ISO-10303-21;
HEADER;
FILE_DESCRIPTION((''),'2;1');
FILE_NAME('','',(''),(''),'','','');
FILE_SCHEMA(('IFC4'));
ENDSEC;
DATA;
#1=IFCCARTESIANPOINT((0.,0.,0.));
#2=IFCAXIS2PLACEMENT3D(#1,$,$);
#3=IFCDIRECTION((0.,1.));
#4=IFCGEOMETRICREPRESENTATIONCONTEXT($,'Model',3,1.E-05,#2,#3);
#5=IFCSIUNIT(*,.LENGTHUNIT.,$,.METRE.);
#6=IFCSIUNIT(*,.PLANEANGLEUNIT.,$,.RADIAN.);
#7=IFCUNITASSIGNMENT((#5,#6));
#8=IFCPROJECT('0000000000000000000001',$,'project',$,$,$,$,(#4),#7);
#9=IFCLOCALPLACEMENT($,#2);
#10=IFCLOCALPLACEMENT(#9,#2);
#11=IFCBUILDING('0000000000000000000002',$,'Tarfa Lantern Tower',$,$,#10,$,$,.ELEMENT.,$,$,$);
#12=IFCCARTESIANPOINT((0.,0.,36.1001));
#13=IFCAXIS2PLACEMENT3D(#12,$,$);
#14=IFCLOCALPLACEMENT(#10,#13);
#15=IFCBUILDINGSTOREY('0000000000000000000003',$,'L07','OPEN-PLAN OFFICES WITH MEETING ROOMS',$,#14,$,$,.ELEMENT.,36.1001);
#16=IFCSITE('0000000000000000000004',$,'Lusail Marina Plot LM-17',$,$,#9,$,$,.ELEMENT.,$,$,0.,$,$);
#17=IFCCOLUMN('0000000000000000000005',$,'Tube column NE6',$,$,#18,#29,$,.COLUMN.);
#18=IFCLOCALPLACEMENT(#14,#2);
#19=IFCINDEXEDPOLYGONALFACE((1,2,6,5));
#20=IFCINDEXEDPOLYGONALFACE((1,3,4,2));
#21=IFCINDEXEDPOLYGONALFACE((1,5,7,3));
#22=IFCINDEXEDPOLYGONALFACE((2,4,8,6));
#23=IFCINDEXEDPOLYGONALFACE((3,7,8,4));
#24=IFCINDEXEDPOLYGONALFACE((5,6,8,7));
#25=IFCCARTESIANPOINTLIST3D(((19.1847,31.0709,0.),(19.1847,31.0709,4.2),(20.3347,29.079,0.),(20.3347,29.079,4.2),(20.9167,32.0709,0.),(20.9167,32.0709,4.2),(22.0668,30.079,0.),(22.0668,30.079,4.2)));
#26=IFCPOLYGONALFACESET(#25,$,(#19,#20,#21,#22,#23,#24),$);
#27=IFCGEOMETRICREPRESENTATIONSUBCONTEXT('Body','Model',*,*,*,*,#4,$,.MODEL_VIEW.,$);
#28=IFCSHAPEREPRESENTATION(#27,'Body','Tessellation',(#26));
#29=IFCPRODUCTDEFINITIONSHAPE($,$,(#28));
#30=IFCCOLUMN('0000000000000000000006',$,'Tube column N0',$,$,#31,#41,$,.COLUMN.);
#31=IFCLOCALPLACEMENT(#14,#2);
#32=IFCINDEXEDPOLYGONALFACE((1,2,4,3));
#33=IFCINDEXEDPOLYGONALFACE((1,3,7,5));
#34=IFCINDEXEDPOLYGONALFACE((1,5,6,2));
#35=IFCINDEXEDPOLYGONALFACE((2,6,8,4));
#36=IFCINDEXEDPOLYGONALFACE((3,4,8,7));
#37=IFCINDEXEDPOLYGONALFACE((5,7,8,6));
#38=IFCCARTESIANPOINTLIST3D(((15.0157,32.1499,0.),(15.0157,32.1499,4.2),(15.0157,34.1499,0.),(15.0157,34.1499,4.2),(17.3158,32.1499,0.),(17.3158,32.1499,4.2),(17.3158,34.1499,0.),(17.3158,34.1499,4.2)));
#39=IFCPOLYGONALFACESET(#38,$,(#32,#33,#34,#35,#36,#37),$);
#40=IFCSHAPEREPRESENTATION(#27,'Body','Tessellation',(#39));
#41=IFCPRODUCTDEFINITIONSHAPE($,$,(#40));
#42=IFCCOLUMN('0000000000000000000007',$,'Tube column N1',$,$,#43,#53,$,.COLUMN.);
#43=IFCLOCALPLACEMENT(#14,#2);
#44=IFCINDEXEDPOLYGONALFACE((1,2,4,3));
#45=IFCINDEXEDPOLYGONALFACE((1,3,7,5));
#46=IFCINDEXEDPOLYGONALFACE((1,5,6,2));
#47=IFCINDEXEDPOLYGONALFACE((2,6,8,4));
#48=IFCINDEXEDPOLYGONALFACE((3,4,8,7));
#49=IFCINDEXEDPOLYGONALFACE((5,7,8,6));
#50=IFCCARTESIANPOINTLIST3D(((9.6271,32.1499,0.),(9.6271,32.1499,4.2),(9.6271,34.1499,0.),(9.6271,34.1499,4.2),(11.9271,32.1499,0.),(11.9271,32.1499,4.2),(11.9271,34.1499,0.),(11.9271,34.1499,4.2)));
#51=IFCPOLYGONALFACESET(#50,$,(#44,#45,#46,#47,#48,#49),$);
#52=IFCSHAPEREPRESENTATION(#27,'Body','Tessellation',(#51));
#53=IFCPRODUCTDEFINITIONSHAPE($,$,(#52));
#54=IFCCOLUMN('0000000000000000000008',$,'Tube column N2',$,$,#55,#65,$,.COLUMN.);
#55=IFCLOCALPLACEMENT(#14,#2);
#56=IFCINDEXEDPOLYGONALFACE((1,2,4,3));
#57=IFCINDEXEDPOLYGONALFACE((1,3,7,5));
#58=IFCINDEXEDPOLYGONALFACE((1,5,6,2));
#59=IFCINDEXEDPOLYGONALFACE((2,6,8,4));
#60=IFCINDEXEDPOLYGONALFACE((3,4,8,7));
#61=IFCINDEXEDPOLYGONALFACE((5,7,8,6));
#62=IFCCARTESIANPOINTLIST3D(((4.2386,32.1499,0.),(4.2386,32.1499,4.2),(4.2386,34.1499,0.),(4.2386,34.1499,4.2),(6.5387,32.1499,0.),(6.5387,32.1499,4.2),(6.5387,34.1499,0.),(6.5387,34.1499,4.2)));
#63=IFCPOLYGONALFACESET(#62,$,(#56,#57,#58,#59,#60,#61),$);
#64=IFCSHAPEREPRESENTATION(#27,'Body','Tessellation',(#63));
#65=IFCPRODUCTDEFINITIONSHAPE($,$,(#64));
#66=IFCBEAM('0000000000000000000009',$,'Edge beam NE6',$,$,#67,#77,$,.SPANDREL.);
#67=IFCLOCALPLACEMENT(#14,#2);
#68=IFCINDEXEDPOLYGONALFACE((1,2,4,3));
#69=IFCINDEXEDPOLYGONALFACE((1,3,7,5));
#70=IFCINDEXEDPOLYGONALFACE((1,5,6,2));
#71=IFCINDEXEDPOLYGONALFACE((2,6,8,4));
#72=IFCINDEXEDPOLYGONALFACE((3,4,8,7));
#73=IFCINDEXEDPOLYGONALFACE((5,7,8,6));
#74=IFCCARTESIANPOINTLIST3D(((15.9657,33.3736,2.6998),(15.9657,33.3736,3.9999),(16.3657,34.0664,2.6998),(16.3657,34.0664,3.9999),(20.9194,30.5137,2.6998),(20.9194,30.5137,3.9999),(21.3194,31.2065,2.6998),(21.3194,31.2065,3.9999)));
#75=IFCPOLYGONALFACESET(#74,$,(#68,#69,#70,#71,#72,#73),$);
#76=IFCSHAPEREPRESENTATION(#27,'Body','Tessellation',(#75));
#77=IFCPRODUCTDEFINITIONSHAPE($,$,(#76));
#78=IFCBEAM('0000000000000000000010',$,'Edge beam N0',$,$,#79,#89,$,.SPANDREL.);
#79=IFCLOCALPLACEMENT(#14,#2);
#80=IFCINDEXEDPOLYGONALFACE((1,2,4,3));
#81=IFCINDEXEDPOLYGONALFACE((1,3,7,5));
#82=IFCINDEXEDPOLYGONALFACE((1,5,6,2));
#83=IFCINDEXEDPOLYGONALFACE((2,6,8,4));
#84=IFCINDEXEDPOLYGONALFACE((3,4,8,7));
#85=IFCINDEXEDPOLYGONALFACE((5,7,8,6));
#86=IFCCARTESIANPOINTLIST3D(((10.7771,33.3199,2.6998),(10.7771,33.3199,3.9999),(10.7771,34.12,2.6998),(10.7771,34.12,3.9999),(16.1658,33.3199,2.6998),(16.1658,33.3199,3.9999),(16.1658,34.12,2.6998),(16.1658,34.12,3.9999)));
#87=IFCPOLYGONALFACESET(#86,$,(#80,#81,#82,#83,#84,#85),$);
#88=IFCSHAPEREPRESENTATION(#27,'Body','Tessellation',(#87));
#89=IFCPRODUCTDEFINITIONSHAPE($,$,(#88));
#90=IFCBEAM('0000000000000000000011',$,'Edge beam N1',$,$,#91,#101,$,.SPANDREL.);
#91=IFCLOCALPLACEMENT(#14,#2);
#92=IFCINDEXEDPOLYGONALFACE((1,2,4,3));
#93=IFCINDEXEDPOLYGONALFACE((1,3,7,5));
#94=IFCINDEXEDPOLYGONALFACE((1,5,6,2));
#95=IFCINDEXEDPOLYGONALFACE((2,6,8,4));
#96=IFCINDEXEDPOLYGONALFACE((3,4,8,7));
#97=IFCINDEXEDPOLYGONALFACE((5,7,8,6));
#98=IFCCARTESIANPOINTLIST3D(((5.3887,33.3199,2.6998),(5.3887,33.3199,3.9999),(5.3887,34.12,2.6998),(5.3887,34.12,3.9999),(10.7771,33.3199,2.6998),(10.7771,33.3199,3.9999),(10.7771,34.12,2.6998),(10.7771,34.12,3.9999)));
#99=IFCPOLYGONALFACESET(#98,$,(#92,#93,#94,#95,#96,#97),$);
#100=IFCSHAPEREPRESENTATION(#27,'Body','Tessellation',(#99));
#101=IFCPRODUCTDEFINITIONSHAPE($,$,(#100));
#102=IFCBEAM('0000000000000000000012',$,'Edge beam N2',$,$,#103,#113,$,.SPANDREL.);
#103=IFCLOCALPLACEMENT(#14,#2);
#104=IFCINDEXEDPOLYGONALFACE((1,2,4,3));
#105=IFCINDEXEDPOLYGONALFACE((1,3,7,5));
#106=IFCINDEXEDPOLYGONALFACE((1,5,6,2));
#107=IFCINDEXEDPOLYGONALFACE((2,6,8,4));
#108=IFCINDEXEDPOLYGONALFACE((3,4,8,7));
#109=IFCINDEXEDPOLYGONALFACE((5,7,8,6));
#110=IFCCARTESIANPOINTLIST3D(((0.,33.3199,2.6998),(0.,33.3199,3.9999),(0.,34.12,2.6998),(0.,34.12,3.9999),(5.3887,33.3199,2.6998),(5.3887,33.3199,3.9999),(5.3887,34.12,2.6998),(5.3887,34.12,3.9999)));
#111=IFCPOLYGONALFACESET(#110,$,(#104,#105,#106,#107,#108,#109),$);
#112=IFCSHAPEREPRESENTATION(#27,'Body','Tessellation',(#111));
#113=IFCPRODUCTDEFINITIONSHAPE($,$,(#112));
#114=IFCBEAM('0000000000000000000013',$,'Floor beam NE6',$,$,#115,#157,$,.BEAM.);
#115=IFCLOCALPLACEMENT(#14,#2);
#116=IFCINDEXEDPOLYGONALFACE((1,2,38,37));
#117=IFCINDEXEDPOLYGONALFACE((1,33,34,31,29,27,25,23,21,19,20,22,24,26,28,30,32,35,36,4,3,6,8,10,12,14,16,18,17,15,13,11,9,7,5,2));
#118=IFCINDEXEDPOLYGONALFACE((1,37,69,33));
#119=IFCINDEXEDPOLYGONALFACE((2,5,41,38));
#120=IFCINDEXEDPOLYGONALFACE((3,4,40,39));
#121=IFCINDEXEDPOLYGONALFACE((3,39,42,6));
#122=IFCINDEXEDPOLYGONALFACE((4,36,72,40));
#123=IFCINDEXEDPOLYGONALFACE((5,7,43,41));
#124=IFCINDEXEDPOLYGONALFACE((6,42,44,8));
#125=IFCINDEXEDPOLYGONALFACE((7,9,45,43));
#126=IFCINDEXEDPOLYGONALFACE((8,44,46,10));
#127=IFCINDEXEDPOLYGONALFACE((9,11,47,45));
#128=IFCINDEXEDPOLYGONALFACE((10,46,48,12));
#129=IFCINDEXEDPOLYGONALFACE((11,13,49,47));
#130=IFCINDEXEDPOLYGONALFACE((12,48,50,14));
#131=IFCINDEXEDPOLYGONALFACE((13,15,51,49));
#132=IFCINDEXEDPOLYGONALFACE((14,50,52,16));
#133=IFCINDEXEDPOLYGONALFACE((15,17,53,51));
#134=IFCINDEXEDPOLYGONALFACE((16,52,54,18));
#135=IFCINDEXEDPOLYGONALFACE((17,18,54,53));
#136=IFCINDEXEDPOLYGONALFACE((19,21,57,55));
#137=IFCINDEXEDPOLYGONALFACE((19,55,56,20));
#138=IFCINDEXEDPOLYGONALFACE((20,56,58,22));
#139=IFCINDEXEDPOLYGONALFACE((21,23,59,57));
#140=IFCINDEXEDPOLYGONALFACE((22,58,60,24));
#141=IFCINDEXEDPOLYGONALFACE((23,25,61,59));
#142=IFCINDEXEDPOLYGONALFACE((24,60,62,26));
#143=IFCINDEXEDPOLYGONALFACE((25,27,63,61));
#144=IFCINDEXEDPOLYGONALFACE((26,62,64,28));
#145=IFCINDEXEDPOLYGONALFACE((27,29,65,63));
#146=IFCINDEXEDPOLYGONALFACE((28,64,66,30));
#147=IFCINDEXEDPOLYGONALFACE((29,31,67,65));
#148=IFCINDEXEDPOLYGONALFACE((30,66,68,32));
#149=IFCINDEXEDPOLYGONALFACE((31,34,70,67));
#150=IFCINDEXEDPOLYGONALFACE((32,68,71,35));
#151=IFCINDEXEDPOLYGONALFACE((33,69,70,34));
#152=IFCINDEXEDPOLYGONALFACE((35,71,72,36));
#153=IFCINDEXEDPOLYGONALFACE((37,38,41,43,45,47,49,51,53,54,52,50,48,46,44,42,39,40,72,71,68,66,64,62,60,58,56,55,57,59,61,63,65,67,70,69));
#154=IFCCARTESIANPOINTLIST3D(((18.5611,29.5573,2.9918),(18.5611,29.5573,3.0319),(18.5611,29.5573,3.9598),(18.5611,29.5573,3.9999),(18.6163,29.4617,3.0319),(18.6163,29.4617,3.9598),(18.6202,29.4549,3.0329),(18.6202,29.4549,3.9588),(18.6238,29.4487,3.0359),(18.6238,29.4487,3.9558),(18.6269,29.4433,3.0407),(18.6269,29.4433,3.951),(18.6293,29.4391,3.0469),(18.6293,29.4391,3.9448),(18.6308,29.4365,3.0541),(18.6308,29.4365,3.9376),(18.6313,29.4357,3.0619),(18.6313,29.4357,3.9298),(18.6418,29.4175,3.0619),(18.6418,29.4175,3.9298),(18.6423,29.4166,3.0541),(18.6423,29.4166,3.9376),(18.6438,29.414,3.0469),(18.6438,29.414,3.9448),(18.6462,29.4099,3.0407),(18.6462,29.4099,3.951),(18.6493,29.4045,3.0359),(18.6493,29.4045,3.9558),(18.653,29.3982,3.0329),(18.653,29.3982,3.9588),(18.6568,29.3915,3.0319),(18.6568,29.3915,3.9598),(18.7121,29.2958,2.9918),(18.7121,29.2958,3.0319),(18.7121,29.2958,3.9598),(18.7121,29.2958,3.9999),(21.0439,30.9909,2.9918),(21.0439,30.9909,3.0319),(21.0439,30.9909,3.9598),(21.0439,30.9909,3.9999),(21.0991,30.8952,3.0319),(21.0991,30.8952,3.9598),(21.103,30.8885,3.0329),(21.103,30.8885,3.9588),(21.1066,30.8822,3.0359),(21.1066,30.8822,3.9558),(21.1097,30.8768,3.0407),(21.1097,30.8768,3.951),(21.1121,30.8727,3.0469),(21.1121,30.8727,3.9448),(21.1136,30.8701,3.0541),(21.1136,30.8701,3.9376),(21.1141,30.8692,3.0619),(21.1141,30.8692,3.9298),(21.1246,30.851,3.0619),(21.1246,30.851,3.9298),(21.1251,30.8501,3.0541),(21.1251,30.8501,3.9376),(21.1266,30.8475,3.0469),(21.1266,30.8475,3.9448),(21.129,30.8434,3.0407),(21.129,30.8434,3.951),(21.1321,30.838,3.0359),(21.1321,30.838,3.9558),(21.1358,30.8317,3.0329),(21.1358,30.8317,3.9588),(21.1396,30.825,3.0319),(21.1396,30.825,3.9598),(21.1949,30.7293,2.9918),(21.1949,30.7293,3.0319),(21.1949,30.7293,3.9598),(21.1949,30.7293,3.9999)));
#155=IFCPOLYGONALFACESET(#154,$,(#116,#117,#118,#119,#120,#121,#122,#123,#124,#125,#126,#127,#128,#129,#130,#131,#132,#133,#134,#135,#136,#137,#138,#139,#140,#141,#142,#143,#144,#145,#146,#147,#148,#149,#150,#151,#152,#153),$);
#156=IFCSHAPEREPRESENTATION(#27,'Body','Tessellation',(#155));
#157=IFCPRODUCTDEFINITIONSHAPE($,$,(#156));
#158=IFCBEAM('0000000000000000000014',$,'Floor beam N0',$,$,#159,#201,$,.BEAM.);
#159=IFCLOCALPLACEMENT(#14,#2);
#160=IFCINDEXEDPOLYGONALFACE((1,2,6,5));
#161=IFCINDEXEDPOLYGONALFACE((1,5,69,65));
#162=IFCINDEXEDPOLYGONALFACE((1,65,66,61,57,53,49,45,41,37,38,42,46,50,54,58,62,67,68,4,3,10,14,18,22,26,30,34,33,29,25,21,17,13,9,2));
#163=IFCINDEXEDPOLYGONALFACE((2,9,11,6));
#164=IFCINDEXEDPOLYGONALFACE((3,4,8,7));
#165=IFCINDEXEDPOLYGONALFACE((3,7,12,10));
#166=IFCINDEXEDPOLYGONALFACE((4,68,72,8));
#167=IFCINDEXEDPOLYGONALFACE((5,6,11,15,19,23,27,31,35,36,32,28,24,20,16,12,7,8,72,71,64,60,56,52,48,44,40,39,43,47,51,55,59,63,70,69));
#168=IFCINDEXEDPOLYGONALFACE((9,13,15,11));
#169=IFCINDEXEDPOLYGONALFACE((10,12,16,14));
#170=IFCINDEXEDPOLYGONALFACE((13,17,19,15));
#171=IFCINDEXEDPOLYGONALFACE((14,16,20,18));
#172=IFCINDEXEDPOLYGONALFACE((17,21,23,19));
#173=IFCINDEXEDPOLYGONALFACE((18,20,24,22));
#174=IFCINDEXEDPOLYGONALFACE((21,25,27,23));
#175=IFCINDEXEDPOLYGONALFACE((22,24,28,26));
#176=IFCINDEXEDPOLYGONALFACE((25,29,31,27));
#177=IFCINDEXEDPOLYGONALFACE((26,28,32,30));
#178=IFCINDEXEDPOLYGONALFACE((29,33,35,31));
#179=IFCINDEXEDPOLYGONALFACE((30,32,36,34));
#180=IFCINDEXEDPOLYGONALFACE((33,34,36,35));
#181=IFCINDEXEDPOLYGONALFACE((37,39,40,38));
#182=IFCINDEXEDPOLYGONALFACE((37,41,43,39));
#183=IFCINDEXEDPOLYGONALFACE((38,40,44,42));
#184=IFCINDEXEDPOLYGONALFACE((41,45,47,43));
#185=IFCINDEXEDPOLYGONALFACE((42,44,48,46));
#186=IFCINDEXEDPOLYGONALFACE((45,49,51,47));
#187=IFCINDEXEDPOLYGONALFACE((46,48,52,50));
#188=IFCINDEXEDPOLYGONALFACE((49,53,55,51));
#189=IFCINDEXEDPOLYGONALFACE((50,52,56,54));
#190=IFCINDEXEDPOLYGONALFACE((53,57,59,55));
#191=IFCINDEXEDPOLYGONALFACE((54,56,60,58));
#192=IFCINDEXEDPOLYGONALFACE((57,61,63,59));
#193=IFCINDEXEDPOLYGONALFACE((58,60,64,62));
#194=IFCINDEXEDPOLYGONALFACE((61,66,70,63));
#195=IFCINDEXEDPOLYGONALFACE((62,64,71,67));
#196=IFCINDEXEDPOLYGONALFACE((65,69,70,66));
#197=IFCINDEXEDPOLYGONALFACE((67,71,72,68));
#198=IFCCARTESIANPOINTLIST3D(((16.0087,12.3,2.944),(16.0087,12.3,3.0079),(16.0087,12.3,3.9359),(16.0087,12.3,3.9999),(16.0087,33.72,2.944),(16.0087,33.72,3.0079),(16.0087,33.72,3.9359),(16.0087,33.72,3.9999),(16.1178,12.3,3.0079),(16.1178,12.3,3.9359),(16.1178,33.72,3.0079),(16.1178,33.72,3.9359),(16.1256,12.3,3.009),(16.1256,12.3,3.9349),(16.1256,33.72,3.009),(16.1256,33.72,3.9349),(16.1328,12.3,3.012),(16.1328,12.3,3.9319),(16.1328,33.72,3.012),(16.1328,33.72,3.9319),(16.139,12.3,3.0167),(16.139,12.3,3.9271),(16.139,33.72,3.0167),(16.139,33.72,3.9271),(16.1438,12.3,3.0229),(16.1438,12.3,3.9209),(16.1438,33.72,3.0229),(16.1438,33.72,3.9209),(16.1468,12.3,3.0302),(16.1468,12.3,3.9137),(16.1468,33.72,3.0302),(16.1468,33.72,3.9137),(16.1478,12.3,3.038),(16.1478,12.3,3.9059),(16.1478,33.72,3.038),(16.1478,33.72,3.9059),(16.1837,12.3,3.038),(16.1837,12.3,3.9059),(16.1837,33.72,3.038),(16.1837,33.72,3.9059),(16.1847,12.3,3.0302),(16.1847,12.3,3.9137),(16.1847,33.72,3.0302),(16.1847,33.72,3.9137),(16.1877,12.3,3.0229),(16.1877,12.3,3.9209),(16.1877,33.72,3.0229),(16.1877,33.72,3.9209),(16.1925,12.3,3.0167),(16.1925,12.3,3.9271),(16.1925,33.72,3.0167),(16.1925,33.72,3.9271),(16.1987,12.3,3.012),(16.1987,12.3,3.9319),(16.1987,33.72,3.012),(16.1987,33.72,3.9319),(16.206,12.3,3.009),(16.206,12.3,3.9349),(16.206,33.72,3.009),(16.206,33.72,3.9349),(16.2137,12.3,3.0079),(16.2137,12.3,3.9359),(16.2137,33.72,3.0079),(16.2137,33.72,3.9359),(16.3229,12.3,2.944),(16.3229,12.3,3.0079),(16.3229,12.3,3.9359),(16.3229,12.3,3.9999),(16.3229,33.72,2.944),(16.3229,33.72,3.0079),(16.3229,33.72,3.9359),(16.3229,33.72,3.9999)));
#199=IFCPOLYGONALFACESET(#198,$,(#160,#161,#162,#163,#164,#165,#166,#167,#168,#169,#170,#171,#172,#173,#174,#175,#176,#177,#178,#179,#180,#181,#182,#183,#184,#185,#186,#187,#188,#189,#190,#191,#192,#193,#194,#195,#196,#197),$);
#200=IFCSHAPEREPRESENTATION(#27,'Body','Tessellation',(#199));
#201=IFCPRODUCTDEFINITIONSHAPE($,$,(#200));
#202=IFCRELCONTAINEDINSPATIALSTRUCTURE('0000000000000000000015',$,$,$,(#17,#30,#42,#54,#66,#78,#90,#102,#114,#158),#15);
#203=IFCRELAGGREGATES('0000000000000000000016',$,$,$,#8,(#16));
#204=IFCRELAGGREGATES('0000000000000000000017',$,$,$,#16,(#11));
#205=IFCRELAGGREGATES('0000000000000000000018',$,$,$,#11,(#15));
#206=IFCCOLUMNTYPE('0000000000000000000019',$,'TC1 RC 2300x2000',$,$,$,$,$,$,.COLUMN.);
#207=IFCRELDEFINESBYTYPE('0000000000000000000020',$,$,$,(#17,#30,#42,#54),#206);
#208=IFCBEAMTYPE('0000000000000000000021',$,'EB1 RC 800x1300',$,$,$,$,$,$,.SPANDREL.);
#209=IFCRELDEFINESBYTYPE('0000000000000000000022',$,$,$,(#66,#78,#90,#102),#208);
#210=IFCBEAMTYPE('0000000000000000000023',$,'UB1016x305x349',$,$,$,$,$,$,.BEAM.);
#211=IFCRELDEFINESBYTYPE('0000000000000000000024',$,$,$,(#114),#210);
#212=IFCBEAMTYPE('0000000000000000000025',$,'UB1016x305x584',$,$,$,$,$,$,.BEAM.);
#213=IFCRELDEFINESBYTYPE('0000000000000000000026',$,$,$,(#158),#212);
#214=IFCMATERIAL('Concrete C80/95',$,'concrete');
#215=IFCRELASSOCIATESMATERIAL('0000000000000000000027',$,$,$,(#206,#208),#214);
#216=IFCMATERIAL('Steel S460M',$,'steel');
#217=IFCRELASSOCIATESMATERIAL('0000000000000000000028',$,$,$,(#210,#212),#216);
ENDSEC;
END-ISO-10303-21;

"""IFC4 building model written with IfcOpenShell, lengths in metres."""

from ifc_helpers import new_model, si_unit, direction, frame, origin, origin_2d, place, context, subcontext, project, spatial, rectangle, i_section, extrude, material, material_profile, profile_set, type_object, element, save


model = new_model("IFC4")

# Units and contexts
model_context = context("Model", 3, precision=1e-05, world=origin(), true_north=direction((0.0, 1.0)))
body_context = subcontext(model_context, "Body", "Model", "MODEL_VIEW")
ifc_project = project(units=[si_unit("LENGTHUNIT", "METRE"), si_unit("PLANEANGLEUNIT", "RADIAN")], contexts=[model_context])

# Site, building, storey
site_placement = place(None, origin())
site = spatial("IfcSite", under=ifc_project, at=site_placement, Name="Lusail Marina Plot LM-17", CompositionType="ELEMENT", RefElevation=0.0)
building_placement = place(site_placement, origin())
building = spatial("IfcBuilding", under=site, at=building_placement, Name="Tarfa Lantern Tower", CompositionType="ELEMENT")
storey_placement = place(building_placement, frame((0.0, 0.0, 36.1001)))
storey = spatial("IfcBuildingStorey", under=building, at=storey_placement, Name="L07", Description="OPEN-PLAN OFFICES WITH MEETING ROOMS", CompositionType="ELEMENT", Elevation=36.1001)

# Columns
ifc_material_1 = material(Name="Concrete C80/95", Category="concrete")
ifc_material_profile_1 = material_profile(ifc_material_1, rectangle(XDim=2.3, YDim=2.0, at=origin_2d()), Name="RC 2300x2000")
ifc_profile_set_1 = profile_set([ifc_material_profile_1], Name="Concrete C80/95")
column_type = type_object("IfcColumnType", Name="TC1 RC 2300x2000", PredefinedType="COLUMN", material=ifc_profile_set_1)
for number, where, z_axis, x_axis, name in (
    (1, (20.6257, 30.575, 0.0), (0.0, 0.0, 1.0), (-0.5, 0.866025, 0.0), "Tube column NE6"),
    (2, (16.1658, 33.1499, 0.0), (0.0, 0.0, 1.0), (-1.0, 0.0, 0.0), "Tube column N0"),
    (3, (10.7771, 33.1499, 0.0), (0.0, 0.0, 1.0), (-1.0, 0.0, 0.0), "Tube column N1"),
    (4, (5.3887, 33.1499, 0.0), (0.0, 0.0, 1.0), (-1.0, 0.0, 0.0), "Tube column N2"),
):
    element("IfcColumn", number, at=place(storey_placement, frame(where, z_axis=z_axis, x_axis=x_axis)), inside=storey, type_object=column_type, Name=name, PredefinedType="COLUMN", context=body_context, shape_type="SweptSolid", body=[
        extrude(rectangle(XDim=2.3, YDim=2.0, at=origin_2d()), origin(), (0.0, 0.0, 1.0), 4.2),
    ])

# Beams
ifc_material_profile_2 = material_profile(ifc_material_1, rectangle(XDim=0.8, YDim=1.3, at=origin_2d()), Name="RC 800x1300")
ifc_profile_set_2 = profile_set([ifc_material_profile_2], Name="Concrete C80/95")
beam_type_1 = type_object("IfcBeamType", Name="EB1 RC 800x1300", PredefinedType="SPANDREL", material=ifc_profile_set_2)
beam_1_placement = place(storey_placement, frame((21.1194, 30.8601, 3.3499), z_axis=(-0.866033, 0.499986, 0.0), x_axis=(-0.499986, -0.866033, 0.0)))
element("IfcBeam", 5, at=beam_1_placement, inside=storey, type_object=beam_type_1, Name="Edge beam NE6", PredefinedType="SPANDREL", context=body_context, shape_type="SweptSolid", body=[
    extrude(rectangle(XDim=0.8, YDim=1.3, at=origin_2d()), origin(), (0.0, 0.0, 1.0), 5.72),
])
beam_2_placement = place(storey_placement, frame((16.1658, 33.72, 3.3499), z_axis=(-1.0, 0.0, 0.0), x_axis=(0.0, -1.0, 0.0)))
element("IfcBeam", 6, at=beam_2_placement, inside=storey, type_object=beam_type_1, Name="Edge beam N0", PredefinedType="SPANDREL", context=body_context, shape_type="SweptSolid", body=[
    extrude(rectangle(XDim=0.8, YDim=1.3, at=origin_2d()), origin(), (0.0, 0.0, 1.0), 5.3887),
])
beam_3_placement = place(storey_placement, frame((10.7771, 33.72, 3.3499), z_axis=(-1.0, 0.0, 0.0), x_axis=(0.0, -1.0, 0.0)))
element("IfcBeam", 7, at=beam_3_placement, inside=storey, type_object=beam_type_1, Name="Edge beam N1", PredefinedType="SPANDREL", context=body_context, shape_type="SweptSolid", body=[
    extrude(rectangle(XDim=0.8, YDim=1.3, at=origin_2d()), origin(), (0.0, 0.0, 1.0), 5.3884),
])
beam_4_placement = place(storey_placement, frame((5.3887, 33.72, 3.3499), z_axis=(-1.0, 0.0, 0.0), x_axis=(0.0, -1.0, 0.0)))
element("IfcBeam", 8, at=beam_4_placement, inside=storey, type_object=beam_type_1, Name="Edge beam N2", PredefinedType="SPANDREL", context=body_context, shape_type="SweptSolid", body=[
    extrude(rectangle(XDim=0.8, YDim=1.3, at=origin_2d()), origin(), (0.0, 0.0, 1.0), 5.3887),
])
ifc_material_2 = material(Name="Steel S460M", Category="steel")
ifc_material_profile_3 = material_profile(ifc_material_2, i_section(OverallWidth=0.302, OverallDepth=1.0081, WebThickness=0.021, FlangeThickness=0.04, FilletRadius=0.03, at=origin_2d()), Name="UB1016x305x349")
ifc_profile_set_3 = profile_set([ifc_material_profile_3], Name="Steel S460M")
beam_type_2 = type_object("IfcBeamType", Name="UB1016x305x349", PredefinedType="BEAM", material=ifc_profile_set_3)
beam_5_placement = place(storey_placement, frame((21.1194, 30.8601, 3.4958), z_axis=(-0.866013, -0.500022, 0.0), x_axis=(0.500022, -0.866013, 0.0)))
element("IfcBeam", 9, at=beam_5_placement, inside=storey, type_object=beam_type_2, Name="Floor beam NE6", PredefinedType="BEAM", context=body_context, shape_type="SweptSolid", body=[
    extrude(i_section(OverallWidth=0.302, OverallDepth=1.0081, WebThickness=0.021, FlangeThickness=0.04, FilletRadius=0.03, at=origin_2d()), origin(), (0.0, 0.0, 1.0), 2.8669),
])
ifc_material_profile_4 = material_profile(ifc_material_2, i_section(OverallWidth=0.3142, OverallDepth=1.0559, WebThickness=0.0359, FlangeThickness=0.064, FilletRadius=0.03, at=origin_2d()), Name="UB1016x305x584")
ifc_profile_set_4 = profile_set([ifc_material_profile_4], Name="Steel S460M")
beam_type_3 = type_object("IfcBeamType", Name="UB1016x305x584", PredefinedType="BEAM", material=ifc_profile_set_4)
for number, where, z_axis, x_axis, name in (
    (10, (16.1658, 33.72, 3.4719), (0.0, -1.0, 0.0), (1.0, 0.0, 0.0), "Floor beam N0"),
):
    element("IfcBeam", number, at=place(storey_placement, frame(where, z_axis=z_axis, x_axis=x_axis)), inside=storey, type_object=beam_type_3, Name=name, PredefinedType="BEAM", context=body_context, shape_type="SweptSolid", body=[
        extrude(i_section(OverallWidth=0.3142, OverallDepth=1.0559, WebThickness=0.0359, FlangeThickness=0.064, FilletRadius=0.03, at=origin_2d()), origin(), (0.0, 0.0, 1.0), 21.4199),
    ])

save(model, "model.ifc")
